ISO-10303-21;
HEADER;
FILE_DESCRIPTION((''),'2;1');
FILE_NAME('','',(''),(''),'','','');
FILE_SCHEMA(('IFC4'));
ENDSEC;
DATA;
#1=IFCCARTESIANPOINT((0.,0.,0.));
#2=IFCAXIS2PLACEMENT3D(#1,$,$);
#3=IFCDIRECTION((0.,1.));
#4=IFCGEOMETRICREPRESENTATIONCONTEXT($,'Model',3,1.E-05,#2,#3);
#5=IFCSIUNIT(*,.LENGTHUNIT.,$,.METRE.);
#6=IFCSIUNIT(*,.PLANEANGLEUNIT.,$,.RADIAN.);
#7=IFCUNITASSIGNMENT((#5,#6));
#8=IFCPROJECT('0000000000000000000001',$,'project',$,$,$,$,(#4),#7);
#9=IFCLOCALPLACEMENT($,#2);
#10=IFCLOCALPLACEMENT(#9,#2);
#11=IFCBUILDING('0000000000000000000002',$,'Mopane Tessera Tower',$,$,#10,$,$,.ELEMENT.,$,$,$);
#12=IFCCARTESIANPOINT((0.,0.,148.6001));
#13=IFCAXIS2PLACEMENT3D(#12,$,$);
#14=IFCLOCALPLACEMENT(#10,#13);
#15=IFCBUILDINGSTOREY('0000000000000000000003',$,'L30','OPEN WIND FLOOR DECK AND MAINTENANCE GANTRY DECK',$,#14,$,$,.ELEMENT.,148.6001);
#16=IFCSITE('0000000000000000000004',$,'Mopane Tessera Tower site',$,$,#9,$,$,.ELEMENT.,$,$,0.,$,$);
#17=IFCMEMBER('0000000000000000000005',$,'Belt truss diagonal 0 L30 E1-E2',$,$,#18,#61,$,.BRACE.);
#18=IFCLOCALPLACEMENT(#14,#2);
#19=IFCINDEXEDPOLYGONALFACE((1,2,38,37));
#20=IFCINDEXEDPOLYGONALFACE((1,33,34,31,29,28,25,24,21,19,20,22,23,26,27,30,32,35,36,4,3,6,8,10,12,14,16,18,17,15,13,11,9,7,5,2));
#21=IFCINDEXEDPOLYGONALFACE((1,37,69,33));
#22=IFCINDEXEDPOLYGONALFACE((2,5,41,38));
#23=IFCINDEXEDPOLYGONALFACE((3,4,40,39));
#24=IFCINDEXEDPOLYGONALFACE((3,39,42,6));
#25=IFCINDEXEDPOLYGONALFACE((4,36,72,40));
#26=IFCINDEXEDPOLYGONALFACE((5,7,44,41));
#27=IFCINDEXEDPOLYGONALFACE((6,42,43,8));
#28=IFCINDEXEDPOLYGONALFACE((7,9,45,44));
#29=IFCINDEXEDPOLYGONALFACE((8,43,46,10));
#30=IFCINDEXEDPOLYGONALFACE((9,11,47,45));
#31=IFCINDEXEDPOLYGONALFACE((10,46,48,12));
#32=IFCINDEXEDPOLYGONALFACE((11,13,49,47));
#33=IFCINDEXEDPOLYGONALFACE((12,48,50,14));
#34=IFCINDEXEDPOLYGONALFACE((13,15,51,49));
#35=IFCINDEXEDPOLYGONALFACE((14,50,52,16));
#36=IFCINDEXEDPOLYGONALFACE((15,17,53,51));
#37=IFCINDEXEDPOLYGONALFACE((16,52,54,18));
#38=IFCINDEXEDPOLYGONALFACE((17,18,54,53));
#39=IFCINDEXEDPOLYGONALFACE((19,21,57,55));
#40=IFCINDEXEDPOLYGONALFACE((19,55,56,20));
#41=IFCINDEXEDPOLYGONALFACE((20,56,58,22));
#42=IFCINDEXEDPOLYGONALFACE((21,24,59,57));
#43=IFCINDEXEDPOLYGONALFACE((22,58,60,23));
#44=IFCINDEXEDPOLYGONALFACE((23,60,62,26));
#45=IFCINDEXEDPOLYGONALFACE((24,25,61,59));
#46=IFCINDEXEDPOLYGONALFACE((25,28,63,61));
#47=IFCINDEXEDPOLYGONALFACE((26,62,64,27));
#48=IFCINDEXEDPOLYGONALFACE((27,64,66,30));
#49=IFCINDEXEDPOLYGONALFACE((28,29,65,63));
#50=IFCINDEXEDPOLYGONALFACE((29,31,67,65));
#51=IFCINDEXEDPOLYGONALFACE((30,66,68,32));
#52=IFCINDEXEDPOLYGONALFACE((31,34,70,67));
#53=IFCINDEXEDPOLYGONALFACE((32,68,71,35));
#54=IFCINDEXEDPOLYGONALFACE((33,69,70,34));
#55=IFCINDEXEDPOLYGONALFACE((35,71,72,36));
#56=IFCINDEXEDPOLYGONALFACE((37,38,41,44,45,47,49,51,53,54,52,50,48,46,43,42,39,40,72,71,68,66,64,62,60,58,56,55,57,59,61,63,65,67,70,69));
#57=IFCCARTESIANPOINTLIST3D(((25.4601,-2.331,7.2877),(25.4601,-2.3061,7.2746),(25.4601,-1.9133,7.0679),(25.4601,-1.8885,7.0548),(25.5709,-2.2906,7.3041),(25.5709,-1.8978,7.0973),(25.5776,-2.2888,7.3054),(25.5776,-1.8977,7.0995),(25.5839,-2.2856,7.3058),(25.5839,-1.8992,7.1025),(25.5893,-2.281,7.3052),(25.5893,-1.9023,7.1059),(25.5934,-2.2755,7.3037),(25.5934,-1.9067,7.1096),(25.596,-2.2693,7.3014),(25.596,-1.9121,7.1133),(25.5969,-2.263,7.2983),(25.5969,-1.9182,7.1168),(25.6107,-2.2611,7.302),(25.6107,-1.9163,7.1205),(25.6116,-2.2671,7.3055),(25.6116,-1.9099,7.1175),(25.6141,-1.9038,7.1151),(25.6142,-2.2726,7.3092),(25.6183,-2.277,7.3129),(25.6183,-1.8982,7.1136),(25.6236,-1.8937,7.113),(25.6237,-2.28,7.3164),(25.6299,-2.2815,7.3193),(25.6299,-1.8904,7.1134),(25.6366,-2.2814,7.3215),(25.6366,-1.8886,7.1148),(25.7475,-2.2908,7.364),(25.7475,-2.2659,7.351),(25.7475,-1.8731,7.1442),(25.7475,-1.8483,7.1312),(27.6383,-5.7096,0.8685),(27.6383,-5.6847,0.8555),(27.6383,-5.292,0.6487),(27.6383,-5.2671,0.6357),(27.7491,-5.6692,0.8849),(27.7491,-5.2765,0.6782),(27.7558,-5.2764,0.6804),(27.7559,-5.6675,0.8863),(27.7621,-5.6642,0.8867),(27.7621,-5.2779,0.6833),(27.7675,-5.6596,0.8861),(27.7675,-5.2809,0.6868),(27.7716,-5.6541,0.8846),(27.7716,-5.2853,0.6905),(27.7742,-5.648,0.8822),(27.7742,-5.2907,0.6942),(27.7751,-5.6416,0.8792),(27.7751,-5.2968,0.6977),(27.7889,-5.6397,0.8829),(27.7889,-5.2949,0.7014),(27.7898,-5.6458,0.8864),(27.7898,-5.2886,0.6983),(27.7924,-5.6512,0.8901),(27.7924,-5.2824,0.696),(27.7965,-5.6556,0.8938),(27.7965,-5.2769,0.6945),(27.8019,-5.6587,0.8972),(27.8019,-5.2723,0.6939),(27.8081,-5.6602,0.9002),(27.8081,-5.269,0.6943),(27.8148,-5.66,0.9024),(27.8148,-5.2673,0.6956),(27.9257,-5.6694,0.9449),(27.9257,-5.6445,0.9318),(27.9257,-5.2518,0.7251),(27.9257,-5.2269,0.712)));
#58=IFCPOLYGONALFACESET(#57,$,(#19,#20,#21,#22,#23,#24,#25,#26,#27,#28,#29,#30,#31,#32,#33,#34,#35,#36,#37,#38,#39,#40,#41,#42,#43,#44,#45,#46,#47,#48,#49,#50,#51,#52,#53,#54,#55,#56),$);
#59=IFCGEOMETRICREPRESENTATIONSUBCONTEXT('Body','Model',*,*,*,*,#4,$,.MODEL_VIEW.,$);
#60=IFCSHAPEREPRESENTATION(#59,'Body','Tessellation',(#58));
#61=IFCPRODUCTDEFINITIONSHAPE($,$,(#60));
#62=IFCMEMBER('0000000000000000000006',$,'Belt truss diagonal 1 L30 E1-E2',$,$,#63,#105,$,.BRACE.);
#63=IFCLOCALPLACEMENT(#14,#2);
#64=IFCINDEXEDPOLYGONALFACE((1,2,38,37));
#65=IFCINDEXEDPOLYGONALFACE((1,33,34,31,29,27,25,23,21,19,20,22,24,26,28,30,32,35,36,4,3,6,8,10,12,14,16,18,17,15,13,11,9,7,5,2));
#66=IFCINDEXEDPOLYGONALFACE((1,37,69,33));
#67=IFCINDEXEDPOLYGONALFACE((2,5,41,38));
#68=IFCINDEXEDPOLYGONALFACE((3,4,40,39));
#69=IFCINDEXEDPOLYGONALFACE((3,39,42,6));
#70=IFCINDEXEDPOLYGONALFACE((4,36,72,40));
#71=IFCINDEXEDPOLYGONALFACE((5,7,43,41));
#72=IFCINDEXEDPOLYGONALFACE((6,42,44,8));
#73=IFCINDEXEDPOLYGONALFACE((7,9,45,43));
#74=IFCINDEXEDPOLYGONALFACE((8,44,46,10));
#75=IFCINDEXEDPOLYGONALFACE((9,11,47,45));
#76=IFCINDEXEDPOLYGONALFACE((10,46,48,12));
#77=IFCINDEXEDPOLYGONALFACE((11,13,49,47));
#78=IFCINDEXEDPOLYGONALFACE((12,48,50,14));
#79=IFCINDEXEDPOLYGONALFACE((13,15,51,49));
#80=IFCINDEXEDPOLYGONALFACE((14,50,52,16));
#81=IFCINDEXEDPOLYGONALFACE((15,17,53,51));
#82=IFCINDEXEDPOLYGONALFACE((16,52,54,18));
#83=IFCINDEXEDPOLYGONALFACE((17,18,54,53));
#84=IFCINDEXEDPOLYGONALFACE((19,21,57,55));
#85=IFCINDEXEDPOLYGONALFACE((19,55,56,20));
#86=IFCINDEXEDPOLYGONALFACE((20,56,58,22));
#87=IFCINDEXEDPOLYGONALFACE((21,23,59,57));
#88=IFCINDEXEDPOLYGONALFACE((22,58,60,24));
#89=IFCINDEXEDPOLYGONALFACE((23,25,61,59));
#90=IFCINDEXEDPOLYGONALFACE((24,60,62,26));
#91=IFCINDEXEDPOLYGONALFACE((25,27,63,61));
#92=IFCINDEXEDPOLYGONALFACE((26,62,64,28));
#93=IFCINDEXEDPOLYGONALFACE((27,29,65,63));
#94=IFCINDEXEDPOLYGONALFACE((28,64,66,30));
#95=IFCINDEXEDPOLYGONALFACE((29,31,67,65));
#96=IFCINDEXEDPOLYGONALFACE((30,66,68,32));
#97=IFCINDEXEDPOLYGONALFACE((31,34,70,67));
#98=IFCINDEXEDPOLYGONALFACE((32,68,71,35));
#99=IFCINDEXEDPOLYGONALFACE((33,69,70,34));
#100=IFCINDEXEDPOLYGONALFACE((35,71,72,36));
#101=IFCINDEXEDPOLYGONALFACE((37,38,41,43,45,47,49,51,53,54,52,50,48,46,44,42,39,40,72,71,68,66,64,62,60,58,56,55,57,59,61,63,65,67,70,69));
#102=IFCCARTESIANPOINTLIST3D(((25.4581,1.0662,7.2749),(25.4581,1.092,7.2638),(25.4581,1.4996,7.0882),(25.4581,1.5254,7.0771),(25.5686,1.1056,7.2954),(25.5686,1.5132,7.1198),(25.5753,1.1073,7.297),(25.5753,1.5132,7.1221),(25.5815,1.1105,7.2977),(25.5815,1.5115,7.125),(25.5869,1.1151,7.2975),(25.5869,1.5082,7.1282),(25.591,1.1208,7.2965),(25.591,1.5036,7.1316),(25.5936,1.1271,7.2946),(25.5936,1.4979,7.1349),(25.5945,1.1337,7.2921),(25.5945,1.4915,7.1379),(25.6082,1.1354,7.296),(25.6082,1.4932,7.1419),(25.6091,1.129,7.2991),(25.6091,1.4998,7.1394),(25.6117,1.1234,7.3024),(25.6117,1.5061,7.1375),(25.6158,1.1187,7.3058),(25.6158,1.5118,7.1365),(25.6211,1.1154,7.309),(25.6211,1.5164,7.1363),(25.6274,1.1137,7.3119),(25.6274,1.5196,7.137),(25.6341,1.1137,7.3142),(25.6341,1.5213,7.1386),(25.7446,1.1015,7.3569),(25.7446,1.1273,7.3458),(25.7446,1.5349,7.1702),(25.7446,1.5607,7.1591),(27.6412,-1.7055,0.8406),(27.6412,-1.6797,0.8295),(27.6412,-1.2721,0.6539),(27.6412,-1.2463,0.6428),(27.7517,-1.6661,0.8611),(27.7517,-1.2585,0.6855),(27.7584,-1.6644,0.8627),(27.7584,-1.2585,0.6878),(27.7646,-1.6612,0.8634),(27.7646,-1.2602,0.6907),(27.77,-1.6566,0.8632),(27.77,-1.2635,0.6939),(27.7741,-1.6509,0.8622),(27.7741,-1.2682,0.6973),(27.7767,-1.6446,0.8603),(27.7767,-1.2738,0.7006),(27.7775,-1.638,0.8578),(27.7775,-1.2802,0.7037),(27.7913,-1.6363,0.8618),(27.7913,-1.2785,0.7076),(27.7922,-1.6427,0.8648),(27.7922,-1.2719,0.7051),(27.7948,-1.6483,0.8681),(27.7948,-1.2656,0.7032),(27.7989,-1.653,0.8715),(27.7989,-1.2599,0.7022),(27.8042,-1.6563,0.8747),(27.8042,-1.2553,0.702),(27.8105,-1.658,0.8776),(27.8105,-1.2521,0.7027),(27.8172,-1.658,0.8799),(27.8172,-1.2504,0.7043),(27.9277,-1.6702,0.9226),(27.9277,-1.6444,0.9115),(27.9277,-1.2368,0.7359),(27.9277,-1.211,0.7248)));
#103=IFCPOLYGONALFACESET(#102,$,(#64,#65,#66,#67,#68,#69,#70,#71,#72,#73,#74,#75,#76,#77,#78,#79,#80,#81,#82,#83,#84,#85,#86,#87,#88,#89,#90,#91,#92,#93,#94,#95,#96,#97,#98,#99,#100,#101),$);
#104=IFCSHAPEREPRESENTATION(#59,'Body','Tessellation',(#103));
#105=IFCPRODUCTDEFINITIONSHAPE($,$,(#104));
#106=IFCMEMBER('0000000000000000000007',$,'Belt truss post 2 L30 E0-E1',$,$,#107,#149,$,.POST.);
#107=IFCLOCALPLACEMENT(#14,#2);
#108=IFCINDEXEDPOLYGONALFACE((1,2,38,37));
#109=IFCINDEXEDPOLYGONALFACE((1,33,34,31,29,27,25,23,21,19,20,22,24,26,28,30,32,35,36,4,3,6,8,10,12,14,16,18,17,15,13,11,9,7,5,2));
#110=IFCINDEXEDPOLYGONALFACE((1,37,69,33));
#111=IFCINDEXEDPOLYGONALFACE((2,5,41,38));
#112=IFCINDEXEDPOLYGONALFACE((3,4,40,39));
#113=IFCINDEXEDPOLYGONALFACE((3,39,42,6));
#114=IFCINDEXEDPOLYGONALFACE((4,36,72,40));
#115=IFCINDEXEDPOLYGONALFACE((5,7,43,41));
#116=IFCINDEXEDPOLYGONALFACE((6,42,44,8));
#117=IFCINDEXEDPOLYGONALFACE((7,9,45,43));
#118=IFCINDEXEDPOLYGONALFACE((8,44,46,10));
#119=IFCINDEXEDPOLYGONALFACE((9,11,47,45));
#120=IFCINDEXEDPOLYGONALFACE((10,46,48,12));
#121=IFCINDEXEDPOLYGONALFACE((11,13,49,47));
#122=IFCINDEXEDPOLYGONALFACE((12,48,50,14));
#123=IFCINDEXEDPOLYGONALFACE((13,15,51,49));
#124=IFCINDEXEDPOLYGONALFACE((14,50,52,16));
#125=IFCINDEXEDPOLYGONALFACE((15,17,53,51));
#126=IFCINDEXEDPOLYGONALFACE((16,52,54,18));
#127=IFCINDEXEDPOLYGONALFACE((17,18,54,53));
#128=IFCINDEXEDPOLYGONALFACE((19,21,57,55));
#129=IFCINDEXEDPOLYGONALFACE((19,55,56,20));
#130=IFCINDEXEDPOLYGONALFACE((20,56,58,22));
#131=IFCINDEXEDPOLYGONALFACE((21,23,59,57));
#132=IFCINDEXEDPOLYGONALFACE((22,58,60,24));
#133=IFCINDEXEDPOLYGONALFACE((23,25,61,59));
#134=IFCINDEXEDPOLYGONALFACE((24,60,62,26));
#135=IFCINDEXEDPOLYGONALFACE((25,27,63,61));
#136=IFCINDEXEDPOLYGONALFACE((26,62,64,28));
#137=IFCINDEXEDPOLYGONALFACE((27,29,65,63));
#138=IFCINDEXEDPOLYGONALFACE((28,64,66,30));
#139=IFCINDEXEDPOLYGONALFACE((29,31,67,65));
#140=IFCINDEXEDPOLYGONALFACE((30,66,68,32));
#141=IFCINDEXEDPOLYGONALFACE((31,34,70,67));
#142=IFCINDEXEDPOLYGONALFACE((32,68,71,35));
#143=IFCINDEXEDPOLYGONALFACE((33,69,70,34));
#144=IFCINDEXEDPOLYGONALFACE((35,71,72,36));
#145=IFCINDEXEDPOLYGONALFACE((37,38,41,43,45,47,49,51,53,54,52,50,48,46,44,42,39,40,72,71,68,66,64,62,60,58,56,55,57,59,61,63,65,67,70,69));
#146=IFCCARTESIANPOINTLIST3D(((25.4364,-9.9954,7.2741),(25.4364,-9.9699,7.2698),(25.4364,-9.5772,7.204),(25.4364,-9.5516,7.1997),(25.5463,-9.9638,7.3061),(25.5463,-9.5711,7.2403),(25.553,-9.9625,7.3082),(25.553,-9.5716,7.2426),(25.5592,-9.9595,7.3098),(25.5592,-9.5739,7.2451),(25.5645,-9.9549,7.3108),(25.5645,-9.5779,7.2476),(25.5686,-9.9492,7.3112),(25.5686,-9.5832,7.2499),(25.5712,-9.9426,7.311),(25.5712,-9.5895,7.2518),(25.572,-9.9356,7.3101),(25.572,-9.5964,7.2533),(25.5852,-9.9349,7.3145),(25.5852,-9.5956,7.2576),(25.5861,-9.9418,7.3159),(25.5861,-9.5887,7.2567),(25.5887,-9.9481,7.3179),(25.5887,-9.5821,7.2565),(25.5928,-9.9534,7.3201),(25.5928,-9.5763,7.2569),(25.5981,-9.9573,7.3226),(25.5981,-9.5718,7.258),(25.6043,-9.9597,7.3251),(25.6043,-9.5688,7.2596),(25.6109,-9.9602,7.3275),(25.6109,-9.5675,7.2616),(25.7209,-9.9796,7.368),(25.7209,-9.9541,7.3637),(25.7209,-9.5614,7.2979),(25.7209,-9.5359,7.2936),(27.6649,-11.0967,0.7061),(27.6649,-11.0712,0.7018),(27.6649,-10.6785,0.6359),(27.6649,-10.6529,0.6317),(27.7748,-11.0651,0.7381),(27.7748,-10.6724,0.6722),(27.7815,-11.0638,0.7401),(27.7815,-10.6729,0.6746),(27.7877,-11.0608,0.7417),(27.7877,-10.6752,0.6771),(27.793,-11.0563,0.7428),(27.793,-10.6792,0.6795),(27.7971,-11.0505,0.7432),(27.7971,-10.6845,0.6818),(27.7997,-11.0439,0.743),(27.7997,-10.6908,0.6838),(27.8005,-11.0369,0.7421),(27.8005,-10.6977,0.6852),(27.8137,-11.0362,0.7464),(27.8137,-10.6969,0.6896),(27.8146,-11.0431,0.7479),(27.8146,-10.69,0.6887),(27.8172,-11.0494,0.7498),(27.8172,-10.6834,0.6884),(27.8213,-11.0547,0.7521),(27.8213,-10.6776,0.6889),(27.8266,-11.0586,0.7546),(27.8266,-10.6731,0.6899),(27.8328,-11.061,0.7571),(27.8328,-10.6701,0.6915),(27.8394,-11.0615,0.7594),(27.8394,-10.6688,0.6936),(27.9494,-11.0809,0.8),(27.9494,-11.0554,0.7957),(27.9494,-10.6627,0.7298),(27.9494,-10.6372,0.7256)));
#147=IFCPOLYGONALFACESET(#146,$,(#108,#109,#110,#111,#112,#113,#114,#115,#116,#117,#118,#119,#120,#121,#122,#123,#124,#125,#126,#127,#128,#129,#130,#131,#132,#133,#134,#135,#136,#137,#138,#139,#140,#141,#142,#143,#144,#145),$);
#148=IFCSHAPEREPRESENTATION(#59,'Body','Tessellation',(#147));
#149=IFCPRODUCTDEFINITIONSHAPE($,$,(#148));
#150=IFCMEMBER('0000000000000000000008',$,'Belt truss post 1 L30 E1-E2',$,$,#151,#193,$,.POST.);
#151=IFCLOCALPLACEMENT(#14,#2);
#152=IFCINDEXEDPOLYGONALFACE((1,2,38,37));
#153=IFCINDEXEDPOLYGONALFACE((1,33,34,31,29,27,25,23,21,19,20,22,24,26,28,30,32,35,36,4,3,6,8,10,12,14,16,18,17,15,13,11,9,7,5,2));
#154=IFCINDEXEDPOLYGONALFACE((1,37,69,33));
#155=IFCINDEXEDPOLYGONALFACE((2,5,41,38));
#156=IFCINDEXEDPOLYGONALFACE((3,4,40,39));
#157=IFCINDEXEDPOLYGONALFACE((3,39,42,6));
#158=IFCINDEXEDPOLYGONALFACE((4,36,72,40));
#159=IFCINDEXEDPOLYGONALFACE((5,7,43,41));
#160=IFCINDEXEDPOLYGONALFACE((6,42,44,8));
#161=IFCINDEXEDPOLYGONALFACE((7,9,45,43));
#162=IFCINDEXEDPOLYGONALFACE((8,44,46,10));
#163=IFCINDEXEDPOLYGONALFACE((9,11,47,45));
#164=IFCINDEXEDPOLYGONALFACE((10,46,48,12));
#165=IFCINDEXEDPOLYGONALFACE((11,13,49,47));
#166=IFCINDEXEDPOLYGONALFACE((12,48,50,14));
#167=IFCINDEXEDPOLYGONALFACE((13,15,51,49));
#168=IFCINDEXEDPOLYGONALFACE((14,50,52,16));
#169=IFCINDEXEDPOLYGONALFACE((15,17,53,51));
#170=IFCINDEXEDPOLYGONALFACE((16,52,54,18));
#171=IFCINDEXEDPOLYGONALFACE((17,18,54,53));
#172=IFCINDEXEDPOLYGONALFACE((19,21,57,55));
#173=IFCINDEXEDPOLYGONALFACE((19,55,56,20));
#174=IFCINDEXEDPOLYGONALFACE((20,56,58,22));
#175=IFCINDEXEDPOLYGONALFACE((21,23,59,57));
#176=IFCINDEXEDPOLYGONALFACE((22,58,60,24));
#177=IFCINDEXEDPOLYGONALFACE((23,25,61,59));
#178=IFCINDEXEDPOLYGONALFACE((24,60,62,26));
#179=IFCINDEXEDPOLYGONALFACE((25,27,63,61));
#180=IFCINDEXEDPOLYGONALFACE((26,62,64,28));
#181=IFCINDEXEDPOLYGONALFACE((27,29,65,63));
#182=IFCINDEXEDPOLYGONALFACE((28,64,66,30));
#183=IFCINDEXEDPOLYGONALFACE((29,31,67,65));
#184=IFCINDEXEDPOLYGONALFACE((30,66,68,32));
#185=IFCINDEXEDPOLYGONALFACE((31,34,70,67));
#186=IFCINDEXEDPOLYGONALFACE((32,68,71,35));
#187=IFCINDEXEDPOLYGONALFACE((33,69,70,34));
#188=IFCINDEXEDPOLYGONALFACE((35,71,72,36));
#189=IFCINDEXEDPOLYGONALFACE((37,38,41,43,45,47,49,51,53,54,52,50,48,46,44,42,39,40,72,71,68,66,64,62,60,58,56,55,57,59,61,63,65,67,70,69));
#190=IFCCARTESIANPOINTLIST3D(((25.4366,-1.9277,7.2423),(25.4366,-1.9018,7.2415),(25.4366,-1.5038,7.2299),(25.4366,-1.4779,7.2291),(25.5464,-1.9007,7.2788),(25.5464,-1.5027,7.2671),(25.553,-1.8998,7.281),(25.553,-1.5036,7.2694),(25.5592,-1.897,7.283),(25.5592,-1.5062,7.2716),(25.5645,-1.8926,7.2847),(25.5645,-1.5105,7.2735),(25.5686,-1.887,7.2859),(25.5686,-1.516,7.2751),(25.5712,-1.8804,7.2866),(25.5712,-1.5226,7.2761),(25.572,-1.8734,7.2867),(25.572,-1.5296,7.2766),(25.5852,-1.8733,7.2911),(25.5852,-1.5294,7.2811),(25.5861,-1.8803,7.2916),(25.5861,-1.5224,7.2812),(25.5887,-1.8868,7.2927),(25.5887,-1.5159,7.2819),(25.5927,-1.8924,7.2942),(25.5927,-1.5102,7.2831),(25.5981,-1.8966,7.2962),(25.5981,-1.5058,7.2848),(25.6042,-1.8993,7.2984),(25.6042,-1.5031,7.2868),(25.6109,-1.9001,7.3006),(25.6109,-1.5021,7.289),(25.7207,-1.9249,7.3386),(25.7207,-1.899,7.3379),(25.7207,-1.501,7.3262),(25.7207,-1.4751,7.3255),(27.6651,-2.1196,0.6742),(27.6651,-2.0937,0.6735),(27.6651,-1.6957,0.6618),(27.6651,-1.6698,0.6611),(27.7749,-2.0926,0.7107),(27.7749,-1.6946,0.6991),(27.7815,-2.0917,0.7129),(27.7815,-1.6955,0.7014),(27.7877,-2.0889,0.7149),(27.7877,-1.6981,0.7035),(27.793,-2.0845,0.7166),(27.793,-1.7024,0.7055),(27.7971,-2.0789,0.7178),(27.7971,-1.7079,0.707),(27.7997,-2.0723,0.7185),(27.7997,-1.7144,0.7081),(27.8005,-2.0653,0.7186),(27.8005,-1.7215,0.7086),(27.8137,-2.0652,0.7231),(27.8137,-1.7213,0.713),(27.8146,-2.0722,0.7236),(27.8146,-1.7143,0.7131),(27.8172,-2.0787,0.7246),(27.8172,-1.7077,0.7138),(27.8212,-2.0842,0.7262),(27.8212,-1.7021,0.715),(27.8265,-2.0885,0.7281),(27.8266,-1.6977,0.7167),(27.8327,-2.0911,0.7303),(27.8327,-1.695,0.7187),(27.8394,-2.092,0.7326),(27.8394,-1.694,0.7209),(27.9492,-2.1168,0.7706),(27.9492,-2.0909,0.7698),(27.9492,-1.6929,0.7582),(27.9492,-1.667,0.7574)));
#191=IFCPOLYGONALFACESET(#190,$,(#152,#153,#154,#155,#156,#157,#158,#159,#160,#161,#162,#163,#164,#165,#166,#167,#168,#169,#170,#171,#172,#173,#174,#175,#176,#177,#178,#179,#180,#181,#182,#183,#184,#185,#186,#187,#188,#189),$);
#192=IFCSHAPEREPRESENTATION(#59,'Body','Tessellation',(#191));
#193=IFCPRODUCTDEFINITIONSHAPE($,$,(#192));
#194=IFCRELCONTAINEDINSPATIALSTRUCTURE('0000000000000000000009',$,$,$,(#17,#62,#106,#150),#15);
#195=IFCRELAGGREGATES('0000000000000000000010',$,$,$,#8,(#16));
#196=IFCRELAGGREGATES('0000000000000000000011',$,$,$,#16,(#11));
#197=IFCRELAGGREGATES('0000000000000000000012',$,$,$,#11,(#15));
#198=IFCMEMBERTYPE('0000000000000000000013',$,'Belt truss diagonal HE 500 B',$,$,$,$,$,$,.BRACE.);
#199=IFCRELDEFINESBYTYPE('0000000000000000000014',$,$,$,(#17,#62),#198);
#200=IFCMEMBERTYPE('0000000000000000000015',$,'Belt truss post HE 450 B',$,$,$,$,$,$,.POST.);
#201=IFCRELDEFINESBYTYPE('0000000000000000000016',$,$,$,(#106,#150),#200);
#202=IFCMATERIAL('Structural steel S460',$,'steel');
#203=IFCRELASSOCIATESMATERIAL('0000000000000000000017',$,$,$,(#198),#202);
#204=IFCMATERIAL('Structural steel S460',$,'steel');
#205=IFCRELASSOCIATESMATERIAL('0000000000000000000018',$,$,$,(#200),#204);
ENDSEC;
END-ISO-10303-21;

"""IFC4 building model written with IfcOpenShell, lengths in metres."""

from ifc_helpers import new_model, si_unit, direction, frame, origin, origin_2d, place, context, subcontext, project, spatial, i_section, extrude, material, material_profile, profile_set, type_object, element, save


model = new_model("IFC4")

# Units and contexts
model_context = context("Model", 3, precision=1e-05, world=origin(), true_north=direction((0.0, 1.0)))
body_context = subcontext(model_context, "Body", "Model", "MODEL_VIEW")
ifc_project = project(units=[si_unit("LENGTHUNIT", "METRE"), si_unit("PLANEANGLEUNIT", "RADIAN")], contexts=[model_context])

# Site, building, storey
site_placement = place(None, origin())
site = spatial("IfcSite", under=ifc_project, at=site_placement, Name="Mopane Tessera Tower site", CompositionType="ELEMENT", RefElevation=0.0)
building_placement = place(site_placement, origin())
building = spatial("IfcBuilding", under=site, at=building_placement, Name="Mopane Tessera Tower", CompositionType="ELEMENT")
storey_placement = place(building_placement, frame((0.0, 0.0, 148.6001)))
storey = spatial("IfcBuildingStorey", under=building, at=storey_placement, Name="L30", Description="OPEN WIND FLOOR DECK AND MAINTENANCE GANTRY DECK", CompositionType="ELEMENT", Elevation=148.6001)

# Members
ifc_material_1 = material(Name="Structural steel S460", Category="steel")
ifc_material_profile_1 = material_profile(ifc_material_1, i_section(OverallWidth=0.3, OverallDepth=0.5, WebThickness=0.0144, FlangeThickness=0.0281, FilletRadius=0.0271, at=origin_2d()))
ifc_profile_set_1 = profile_set([ifc_material_profile_1], Name="Structural steel S460")
member_type_1 = type_object("IfcMemberType", Name="Belt truss diagonal HE 500 B", PredefinedType="BRACE", material=ifc_profile_set_1)
member_1_placement = place(storey_placement, frame((27.782, -5.4683, 0.7903), z_axis=(-0.287591, 0.446085, 0.847526), x_axis=(-0.957753, -0.133965, -0.254484)))
element("IfcMember", 1, at=member_1_placement, inside=storey, type_object=member_type_1, Name="Belt truss diagonal 0 L30 E1-E2", PredefinedType="BRACE", context=body_context, shape_type="SweptSolid", body=[
    extrude(i_section(OverallWidth=0.3, OverallDepth=0.5, WebThickness=0.0144, FlangeThickness=0.0281, FilletRadius=0.0271, at=origin_2d()), origin(), (0.0, 0.0, 1.0), 7.574),
])
member_2_placement = place(storey_placement, frame((27.7844, -1.4583, 0.7827), z_axis=(-0.297499, 0.377713, 0.876828), x_axis=(-0.954722, -0.117709, -0.273223)))
element("IfcMember", 2, at=member_2_placement, inside=storey, type_object=member_type_1, Name="Belt truss diagonal 1 L30 E1-E2", PredefinedType="BRACE", context=body_context, shape_type="SweptSolid", body=[
    extrude(i_section(OverallWidth=0.3, OverallDepth=0.5, WebThickness=0.0144, FlangeThickness=0.0281, FilletRadius=0.0271, at=origin_2d()), origin(), (0.0, 0.0, 1.0), 7.3381),
])
ifc_material_2 = material(Name="Structural steel S460", Category="steel")
ifc_material_profile_2 = material_profile(ifc_material_2, i_section(OverallWidth=0.3, OverallDepth=0.45, WebThickness=0.0139, FlangeThickness=0.0259, FilletRadius=0.0271, at=origin_2d()))
ifc_profile_set_2 = profile_set([ifc_material_profile_2], Name="Structural steel S460")
member_type_2 = type_object("IfcMemberType", Name="Belt truss post HE 450 B", PredefinedType="POST", material=ifc_profile_set_2)
member_3_placement = place(storey_placement, frame((27.8071, -10.8669, 0.7158), z_axis=(-0.317327, 0.156821, 0.93526), x_axis=(-0.948316, -0.052488, -0.312956)))
element("IfcMember", 3, at=member_3_placement, inside=storey, type_object=member_type_2, Name="Belt truss post 2 L30 E0-E1", PredefinedType="POST", context=body_context, shape_type="SweptSolid", body=[
    extrude(i_section(OverallWidth=0.3, OverallDepth=0.45, WebThickness=0.0139, FlangeThickness=0.0259, FilletRadius=0.0271, at=origin_2d()), origin(), (0.0, 0.0, 1.0), 7.0227),
])
member_4_placement = place(storey_placement, frame((27.8071, -1.8933, 0.7158), z_axis=(-0.32118, 0.027656, 0.946614), x_axis=(-0.947018, -0.009369, -0.321043)))
element("IfcMember", 4, at=member_4_placement, inside=storey, type_object=member_type_2, Name="Belt truss post 1 L30 E1-E2", PredefinedType="POST", context=body_context, shape_type="SweptSolid", body=[
    extrude(i_section(OverallWidth=0.3, OverallDepth=0.45, WebThickness=0.0139, FlangeThickness=0.0259, FilletRadius=0.0271, at=origin_2d()), origin(), (0.0, 0.0, 1.0), 6.9385),
])

save(model, "model.ifc")
